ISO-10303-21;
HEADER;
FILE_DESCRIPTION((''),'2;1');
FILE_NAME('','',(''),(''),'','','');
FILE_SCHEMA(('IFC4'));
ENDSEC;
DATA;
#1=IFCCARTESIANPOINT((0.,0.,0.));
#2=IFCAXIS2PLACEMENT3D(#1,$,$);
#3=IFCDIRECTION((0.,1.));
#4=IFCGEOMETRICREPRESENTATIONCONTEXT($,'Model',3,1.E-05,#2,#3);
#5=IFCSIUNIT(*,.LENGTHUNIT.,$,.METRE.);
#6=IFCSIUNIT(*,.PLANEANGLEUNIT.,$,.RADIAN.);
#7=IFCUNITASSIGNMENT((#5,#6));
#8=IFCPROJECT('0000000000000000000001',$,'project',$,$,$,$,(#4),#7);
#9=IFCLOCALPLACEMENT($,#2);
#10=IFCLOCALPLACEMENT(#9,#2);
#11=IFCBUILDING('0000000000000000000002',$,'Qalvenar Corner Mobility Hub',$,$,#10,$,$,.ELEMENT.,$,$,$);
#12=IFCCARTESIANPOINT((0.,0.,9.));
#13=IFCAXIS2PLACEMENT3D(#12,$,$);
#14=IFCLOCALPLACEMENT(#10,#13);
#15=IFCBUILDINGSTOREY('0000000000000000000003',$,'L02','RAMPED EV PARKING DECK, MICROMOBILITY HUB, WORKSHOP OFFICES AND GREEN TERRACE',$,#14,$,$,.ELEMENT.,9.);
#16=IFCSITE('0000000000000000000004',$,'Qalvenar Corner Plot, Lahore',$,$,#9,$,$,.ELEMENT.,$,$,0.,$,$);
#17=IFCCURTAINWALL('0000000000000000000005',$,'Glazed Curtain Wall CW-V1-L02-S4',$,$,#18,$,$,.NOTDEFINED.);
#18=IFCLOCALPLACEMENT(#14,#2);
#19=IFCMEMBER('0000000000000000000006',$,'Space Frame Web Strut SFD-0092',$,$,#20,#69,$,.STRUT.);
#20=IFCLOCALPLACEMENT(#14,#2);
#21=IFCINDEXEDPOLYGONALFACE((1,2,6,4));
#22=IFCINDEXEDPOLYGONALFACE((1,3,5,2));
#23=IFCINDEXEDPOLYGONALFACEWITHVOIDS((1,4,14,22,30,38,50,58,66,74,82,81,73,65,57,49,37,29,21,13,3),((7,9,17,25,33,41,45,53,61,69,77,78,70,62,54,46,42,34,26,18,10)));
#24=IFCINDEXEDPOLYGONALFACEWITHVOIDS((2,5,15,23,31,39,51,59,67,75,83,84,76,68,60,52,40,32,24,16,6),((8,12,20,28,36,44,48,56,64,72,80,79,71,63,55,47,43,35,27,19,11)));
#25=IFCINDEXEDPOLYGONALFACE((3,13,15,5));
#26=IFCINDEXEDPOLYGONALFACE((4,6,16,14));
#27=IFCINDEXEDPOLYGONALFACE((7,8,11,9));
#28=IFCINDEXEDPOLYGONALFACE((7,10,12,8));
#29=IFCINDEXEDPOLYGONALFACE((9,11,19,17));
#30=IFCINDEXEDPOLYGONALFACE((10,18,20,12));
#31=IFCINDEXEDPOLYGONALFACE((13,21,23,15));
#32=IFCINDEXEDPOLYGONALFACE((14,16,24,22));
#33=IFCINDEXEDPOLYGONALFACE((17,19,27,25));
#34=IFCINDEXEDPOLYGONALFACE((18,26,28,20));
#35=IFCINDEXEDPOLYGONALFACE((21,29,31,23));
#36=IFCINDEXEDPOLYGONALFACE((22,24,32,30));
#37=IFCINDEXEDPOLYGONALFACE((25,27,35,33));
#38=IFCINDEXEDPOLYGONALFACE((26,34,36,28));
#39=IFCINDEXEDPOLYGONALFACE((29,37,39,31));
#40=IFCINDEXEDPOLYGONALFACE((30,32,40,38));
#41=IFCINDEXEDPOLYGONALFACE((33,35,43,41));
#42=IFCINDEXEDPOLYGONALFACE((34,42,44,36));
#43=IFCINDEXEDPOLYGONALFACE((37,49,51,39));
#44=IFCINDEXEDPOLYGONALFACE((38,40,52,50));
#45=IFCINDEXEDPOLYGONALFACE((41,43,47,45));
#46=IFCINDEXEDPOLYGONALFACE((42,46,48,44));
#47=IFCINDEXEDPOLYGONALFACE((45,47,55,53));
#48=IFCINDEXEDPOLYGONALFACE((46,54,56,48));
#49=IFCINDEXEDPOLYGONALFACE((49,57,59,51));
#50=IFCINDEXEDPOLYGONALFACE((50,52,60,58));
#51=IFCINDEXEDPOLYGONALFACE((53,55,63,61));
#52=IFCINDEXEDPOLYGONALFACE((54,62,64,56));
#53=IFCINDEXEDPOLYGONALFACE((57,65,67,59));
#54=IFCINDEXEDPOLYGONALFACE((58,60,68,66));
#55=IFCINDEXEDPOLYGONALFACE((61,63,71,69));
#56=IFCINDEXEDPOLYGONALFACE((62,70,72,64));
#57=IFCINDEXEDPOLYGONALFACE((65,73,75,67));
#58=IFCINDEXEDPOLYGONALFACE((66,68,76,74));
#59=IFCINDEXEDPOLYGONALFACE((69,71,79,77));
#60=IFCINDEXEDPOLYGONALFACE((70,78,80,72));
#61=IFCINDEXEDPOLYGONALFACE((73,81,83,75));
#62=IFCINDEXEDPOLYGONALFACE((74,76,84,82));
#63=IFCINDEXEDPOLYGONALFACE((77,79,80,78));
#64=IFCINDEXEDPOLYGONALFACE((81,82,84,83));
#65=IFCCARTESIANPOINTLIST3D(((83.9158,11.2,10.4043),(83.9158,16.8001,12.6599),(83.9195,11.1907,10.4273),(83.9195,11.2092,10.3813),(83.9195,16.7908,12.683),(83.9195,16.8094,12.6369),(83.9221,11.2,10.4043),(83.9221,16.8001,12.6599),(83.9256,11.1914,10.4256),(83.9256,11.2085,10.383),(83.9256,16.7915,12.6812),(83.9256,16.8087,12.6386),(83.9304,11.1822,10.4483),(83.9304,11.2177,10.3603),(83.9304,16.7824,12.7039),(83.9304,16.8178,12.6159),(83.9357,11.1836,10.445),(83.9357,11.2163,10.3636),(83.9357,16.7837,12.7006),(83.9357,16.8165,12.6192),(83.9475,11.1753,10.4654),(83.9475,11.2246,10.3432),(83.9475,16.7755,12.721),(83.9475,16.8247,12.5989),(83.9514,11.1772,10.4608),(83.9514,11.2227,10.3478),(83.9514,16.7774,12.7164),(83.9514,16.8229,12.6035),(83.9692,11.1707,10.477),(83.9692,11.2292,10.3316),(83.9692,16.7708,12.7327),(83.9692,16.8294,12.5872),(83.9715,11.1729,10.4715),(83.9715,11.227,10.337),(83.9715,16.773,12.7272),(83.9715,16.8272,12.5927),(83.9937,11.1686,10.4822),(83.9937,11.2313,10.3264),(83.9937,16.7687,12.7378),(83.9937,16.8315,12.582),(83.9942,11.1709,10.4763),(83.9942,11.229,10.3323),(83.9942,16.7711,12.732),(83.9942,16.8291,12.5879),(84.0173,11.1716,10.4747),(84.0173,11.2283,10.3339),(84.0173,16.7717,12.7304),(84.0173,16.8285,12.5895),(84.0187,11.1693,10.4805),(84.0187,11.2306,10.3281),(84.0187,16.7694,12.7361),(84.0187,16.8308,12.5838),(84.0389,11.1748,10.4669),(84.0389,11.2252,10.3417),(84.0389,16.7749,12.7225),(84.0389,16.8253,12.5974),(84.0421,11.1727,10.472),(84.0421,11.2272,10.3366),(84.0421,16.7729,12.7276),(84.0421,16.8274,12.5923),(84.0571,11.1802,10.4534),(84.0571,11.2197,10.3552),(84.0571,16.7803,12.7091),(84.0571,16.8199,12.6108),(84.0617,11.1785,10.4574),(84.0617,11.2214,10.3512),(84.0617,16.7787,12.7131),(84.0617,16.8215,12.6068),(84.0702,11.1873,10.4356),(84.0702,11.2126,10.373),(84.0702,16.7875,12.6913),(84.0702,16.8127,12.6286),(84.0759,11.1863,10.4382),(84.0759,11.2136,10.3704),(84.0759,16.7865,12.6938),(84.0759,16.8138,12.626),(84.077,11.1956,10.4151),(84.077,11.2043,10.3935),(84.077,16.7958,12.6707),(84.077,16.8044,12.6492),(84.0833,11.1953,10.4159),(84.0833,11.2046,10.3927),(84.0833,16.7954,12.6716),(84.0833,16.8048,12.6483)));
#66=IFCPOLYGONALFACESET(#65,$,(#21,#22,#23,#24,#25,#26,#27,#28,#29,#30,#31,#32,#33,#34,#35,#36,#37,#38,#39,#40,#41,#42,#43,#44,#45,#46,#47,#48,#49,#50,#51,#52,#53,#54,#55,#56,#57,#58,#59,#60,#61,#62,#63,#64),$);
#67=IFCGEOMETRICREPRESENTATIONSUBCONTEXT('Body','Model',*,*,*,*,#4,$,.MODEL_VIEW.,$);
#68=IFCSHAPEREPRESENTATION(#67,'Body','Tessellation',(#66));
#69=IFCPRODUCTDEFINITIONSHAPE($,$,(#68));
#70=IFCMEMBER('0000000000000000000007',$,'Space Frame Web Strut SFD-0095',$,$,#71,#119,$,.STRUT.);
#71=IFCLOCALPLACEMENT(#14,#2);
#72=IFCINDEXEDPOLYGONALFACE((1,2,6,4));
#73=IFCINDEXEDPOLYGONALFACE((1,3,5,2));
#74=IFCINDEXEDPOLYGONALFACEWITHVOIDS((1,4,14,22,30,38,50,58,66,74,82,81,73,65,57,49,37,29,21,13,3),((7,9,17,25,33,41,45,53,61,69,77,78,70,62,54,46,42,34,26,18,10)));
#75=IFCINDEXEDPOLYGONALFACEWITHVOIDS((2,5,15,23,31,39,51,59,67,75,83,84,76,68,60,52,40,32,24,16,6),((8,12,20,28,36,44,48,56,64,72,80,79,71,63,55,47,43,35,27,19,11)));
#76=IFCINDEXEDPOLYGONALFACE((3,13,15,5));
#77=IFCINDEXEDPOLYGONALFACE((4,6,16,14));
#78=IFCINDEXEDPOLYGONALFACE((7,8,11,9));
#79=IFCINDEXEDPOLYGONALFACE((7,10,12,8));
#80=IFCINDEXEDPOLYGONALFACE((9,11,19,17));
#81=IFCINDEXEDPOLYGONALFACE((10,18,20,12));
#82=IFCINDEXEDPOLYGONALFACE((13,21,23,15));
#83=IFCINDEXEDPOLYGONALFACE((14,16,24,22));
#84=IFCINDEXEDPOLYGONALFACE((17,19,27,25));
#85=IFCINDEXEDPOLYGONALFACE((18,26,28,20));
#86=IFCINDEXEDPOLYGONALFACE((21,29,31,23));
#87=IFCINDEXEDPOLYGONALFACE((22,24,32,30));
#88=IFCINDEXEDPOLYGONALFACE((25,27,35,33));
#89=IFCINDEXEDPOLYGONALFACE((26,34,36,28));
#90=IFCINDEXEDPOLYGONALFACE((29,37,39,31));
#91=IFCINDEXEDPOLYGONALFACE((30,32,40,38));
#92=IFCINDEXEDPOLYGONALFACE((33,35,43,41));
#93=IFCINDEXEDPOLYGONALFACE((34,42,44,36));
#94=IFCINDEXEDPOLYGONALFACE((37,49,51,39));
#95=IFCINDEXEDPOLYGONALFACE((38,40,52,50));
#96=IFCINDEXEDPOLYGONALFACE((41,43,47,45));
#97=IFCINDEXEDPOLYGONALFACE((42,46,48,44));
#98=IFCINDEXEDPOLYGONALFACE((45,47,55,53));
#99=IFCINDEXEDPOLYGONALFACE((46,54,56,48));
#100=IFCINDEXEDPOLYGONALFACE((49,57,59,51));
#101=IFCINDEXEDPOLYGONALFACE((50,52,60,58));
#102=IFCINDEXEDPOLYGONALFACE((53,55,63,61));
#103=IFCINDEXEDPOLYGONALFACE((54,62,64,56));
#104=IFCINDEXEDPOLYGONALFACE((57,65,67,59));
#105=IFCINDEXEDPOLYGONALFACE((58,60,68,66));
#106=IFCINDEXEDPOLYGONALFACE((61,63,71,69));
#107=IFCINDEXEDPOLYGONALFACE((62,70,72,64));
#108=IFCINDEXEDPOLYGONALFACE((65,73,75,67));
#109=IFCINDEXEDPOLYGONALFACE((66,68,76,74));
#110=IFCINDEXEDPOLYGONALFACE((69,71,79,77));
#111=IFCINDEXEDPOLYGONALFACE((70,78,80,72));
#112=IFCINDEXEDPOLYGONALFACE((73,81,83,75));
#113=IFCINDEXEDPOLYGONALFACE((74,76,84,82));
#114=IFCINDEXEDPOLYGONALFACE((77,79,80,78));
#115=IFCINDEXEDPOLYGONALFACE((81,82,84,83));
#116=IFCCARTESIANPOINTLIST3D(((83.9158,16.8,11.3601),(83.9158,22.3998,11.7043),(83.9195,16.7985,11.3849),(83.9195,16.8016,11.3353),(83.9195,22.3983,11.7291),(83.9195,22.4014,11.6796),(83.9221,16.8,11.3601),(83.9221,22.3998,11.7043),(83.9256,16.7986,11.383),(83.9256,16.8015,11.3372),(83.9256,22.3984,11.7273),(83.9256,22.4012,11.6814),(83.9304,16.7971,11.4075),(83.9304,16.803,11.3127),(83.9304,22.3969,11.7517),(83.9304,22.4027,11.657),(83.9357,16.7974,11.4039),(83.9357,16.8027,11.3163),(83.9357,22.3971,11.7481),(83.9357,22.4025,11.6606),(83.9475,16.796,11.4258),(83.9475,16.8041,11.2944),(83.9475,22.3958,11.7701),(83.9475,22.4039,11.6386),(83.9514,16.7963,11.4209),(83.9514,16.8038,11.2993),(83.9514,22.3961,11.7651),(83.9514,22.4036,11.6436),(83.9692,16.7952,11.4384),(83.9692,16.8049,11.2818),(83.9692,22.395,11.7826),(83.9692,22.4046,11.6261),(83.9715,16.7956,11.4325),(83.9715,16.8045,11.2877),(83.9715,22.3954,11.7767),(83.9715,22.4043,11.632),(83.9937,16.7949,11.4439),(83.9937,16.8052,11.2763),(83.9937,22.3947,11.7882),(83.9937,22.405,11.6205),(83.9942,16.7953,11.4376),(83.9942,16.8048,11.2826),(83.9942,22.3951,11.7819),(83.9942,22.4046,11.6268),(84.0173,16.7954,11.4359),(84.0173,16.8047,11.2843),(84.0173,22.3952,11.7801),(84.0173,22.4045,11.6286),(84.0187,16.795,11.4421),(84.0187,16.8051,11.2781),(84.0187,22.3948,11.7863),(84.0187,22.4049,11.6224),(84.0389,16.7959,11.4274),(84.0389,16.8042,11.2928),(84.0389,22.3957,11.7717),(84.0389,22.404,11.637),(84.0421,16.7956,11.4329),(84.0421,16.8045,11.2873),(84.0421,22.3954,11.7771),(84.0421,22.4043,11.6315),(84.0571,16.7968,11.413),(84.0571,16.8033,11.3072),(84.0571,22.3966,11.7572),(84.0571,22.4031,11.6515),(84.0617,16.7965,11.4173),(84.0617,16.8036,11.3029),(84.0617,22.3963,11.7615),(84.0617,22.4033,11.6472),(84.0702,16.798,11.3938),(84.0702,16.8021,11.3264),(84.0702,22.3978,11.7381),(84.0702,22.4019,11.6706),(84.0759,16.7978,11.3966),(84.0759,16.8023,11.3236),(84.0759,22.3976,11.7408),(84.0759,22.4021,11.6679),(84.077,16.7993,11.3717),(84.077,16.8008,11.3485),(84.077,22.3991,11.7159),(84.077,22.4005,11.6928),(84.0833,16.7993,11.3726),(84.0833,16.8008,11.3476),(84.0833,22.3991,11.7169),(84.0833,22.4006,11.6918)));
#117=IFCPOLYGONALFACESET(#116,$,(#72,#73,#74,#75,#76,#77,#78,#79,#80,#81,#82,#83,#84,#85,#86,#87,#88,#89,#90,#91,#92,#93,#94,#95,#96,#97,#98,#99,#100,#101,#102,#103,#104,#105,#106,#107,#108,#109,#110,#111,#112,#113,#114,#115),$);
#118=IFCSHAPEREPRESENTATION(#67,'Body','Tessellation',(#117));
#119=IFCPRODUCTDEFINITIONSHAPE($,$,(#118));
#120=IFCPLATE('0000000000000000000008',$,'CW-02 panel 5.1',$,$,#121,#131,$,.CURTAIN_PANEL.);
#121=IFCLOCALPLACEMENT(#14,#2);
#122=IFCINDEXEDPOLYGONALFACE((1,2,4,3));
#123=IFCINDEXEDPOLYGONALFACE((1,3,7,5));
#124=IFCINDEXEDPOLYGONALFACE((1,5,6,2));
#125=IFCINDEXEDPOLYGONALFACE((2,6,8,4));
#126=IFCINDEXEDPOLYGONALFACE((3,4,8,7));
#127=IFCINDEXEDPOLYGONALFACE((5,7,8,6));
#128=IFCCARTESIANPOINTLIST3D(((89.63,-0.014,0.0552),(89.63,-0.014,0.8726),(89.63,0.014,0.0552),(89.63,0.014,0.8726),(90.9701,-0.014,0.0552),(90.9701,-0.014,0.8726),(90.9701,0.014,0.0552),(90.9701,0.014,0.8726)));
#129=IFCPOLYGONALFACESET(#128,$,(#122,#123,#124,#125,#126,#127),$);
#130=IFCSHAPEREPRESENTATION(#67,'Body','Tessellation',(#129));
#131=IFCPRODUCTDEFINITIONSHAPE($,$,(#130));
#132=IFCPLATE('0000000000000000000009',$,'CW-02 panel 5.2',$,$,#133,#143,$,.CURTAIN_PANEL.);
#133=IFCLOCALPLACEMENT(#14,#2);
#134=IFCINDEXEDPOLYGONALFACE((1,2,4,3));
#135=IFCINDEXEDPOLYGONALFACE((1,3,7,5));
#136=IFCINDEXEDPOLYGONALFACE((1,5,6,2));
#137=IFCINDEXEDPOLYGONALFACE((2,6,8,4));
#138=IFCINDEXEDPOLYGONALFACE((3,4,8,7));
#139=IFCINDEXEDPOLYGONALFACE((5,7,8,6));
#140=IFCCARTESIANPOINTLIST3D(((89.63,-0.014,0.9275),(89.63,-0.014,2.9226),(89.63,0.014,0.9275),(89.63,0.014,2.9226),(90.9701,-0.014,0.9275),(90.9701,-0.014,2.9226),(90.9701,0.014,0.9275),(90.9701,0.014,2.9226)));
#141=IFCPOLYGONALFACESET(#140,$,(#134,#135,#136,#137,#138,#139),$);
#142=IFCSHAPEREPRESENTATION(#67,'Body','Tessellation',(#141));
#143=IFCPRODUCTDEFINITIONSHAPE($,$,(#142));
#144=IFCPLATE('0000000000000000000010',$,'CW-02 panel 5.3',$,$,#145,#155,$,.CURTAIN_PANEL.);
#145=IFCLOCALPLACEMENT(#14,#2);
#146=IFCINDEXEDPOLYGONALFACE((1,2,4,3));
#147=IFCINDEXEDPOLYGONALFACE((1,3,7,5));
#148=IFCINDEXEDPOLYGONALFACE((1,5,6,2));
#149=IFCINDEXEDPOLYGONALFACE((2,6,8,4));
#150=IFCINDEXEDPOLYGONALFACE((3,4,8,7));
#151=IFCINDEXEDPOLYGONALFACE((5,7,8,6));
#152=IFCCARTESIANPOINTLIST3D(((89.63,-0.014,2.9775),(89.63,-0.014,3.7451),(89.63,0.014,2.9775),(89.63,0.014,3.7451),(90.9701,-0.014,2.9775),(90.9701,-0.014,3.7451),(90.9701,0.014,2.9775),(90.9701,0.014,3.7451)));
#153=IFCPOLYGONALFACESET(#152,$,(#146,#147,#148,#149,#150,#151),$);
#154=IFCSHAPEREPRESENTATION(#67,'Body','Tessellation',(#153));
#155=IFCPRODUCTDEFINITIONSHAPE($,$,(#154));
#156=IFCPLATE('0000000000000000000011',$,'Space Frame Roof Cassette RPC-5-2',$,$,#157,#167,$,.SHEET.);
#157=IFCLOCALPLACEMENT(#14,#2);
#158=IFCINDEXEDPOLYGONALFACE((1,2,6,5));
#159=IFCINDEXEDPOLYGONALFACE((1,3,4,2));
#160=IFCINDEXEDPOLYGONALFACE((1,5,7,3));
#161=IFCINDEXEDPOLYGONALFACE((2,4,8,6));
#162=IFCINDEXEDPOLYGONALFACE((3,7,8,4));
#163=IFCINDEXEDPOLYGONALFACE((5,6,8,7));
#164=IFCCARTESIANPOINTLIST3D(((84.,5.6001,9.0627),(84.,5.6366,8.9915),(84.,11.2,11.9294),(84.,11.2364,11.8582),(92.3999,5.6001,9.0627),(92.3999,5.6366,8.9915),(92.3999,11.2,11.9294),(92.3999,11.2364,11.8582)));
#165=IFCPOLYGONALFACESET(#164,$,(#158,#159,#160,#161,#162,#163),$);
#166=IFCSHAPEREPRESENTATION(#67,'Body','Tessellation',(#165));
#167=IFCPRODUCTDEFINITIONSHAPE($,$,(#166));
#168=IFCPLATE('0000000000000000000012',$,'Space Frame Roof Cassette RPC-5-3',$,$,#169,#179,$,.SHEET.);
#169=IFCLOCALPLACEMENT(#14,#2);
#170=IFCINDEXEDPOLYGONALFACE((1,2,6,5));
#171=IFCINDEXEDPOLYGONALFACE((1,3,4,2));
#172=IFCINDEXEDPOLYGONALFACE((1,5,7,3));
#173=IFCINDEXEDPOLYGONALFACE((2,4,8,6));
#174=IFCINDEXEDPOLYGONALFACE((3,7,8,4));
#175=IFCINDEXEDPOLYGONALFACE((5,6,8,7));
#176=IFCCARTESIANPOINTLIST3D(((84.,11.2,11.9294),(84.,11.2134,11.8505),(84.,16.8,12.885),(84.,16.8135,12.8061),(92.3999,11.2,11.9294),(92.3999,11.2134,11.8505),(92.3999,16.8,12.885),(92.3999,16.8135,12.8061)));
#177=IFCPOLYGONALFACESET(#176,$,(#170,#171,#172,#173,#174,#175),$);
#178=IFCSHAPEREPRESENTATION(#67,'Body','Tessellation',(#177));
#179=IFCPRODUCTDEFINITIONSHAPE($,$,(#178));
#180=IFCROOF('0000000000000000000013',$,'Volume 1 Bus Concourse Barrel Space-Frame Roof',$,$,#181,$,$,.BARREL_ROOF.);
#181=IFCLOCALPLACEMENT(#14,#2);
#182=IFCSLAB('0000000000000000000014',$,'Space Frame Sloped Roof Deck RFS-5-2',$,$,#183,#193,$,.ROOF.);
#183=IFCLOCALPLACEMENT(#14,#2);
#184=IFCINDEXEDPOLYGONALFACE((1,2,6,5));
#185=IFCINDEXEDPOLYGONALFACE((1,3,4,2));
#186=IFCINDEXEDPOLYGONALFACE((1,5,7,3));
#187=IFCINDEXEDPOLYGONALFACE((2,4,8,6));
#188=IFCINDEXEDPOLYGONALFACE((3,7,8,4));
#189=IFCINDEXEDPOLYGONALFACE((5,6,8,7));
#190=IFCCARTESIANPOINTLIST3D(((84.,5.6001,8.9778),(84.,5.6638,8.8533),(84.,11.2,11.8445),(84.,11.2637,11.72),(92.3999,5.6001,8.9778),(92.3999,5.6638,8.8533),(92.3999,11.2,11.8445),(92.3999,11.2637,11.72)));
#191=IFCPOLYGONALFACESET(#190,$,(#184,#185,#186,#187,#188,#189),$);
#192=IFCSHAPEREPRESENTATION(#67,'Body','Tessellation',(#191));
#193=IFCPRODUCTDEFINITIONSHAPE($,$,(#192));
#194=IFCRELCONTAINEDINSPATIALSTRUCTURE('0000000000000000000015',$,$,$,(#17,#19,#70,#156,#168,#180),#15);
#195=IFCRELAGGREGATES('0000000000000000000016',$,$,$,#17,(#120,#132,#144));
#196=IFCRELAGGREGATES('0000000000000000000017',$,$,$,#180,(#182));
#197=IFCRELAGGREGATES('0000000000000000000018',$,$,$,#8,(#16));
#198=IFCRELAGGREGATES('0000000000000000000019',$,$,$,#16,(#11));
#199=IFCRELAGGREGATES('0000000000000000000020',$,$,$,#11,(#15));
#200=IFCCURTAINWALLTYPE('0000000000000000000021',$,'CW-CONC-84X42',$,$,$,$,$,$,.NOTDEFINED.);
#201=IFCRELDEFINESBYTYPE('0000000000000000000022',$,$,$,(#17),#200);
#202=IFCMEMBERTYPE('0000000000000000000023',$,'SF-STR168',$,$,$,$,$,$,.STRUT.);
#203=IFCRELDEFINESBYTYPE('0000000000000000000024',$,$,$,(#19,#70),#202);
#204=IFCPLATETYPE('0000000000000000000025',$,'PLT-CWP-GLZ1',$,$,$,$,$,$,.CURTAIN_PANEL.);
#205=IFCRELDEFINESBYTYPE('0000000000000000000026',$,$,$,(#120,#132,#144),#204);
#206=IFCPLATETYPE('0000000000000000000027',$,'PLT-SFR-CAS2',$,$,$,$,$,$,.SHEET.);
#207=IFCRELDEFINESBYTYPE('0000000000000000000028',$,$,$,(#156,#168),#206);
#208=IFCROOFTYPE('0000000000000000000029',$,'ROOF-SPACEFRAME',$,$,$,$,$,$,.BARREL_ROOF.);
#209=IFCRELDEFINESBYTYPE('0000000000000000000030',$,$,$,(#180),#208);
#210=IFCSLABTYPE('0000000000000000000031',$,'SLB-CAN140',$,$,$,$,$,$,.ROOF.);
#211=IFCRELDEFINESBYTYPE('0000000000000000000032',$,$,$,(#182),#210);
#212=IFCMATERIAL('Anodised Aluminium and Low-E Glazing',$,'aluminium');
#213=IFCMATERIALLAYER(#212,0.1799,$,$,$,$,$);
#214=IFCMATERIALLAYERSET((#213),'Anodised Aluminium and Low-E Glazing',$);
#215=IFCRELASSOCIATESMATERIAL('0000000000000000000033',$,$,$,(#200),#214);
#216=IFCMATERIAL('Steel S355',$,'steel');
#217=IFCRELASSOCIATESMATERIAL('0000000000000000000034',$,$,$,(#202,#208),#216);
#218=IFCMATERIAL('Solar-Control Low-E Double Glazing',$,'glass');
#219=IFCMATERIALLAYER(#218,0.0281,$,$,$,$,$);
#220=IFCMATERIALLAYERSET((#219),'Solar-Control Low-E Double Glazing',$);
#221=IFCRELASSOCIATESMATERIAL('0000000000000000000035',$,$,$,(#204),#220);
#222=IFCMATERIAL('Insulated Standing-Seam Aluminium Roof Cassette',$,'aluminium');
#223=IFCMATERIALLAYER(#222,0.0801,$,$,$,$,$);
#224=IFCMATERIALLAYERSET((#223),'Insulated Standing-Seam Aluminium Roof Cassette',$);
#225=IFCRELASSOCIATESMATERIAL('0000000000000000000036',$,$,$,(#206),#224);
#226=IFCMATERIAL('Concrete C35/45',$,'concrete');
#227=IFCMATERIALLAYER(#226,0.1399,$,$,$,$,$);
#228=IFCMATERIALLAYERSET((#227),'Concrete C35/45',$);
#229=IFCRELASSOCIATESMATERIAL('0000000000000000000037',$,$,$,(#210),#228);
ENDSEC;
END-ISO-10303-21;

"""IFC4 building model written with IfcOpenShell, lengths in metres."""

from ifc_helpers import new_model, si_unit, direction, frame, origin, origin_2d, place, context, subcontext, project, spatial, polyline, rectangle, hollow_circle, outline, extrude, material, layer, layer_set, material_profile, profile_set, type_object, element, aggregate, save


model = new_model("IFC4")

# Units and contexts
model_context = context("Model", 3, precision=1e-05, world=origin(), true_north=direction((0.0, 1.0)))
body_context = subcontext(model_context, "Body", "Model", "MODEL_VIEW")
ifc_project = project(units=[si_unit("LENGTHUNIT", "METRE"), si_unit("PLANEANGLEUNIT", "RADIAN")], contexts=[model_context])

# Site, building, storey
site_placement = place(None, origin())
site = spatial("IfcSite", under=ifc_project, at=site_placement, Name="Qalvenar Corner Plot, Lahore", CompositionType="ELEMENT", RefElevation=0.0)
building_placement = place(site_placement, origin())
building = spatial("IfcBuilding", under=site, at=building_placement, Name="Qalvenar Corner Mobility Hub", CompositionType="ELEMENT")
storey_placement = place(building_placement, frame((0.0, 0.0, 9.0)))
storey = spatial("IfcBuildingStorey", under=building, at=storey_placement, Name="L02", Description="RAMPED EV PARKING DECK, MICROMOBILITY HUB, WORKSHOP OFFICES AND GREEN TERRACE", CompositionType="ELEMENT", Elevation=9.0)

# Curtain wall
ifc_material_1 = material(Name="Anodised Aluminium and Low-E Glazing", Category="aluminium")
ifc_layer_1 = layer(ifc_material_1, 0.1799)
ifc_layer_set_1 = layer_set([ifc_layer_1], Name="Anodised Aluminium and Low-E Glazing")
curtain_wall_type = type_object("IfcCurtainWallType", Name="CW-CONC-84X42", PredefinedType="NOTDEFINED", material=ifc_layer_set_1)
curtain_wall_placement = place(storey_placement, origin())
curtain_wall = element("IfcCurtainWall", 1, at=curtain_wall_placement, inside=storey, type_object=curtain_wall_type, Name="Glazed Curtain Wall CW-V1-L02-S4", PredefinedType="NOTDEFINED")

# Members
ifc_material_2 = material(Name="Steel S355", Category="steel")
ifc_material_profile_1 = material_profile(ifc_material_2, hollow_circle(Radius=0.0842, WallThickness=0.0063, at=origin_2d()), Name="CHS168.3x6.3")
ifc_profile_set_1 = profile_set([ifc_material_profile_1], Name="Steel S355")
member_type_1 = type_object("IfcMemberType", Name="SF-STR168", PredefinedType="STRUT", material=ifc_profile_set_1)
member_1_placement = place(storey_placement, frame((84.0, 11.2, 10.4043), z_axis=(0.0, 0.927584, 0.373614), x_axis=(-1.0, 0.0, 0.0)))
element("IfcMember", 2, at=member_1_placement, inside=storey, type_object=member_type_1, Name="Space Frame Web Strut SFD-0092", PredefinedType="STRUT", context=body_context, shape_type="SweptSolid", body=[
    extrude(hollow_circle(Radius=0.0842, WallThickness=0.0063, at=origin_2d()), origin(), (0.0, 0.0, 1.0), 6.0374),
])
member_2_placement = place(storey_placement, frame((84.0, 16.8, 11.3601), z_axis=(0.0, 0.998116, 0.061357), x_axis=(-1.0, 0.0, 0.0)))
element("IfcMember", 3, at=member_2_placement, inside=storey, type_object=member_type_1, Name="Space Frame Web Strut SFD-0095", PredefinedType="STRUT", context=body_context, shape_type="SweptSolid", body=[
    extrude(hollow_circle(Radius=0.0842, WallThickness=0.0063, at=origin_2d()), origin(), (0.0, 0.0, 1.0), 5.6104),
])

# Plates
ifc_material_3 = material(Name="Solar-Control Low-E Double Glazing", Category="glass")
ifc_layer_2 = layer(ifc_material_3, 0.0281)
ifc_layer_set_2 = layer_set([ifc_layer_2], Name="Solar-Control Low-E Double Glazing")
plate_type_1 = type_object("IfcPlateType", Name="PLT-CWP-GLZ1", PredefinedType="CURTAIN_PANEL", material=ifc_layer_set_2)
plate_1_placement = place(storey_placement, frame((90.3, 0.0, 0.0552), z_axis=(0.0, 0.0, 1.0), x_axis=(1.0, 0.0, 0.0)))
plate_1 = element("IfcPlate", 4, at=plate_1_placement, type_object=plate_type_1, Name="CW-02 panel 5.1", PredefinedType="CURTAIN_PANEL", context=body_context, shape_type="SweptSolid", body=[
    extrude(rectangle(XDim=1.3401, YDim=0.0281, at=origin_2d()), origin(), (0.0, 0.0, 1.0), 0.8174),
])
plate_2_placement = place(storey_placement, frame((90.3, 0.0, 0.9275), z_axis=(0.0, 0.0, 1.0), x_axis=(1.0, 0.0, 0.0)))
plate_2 = element("IfcPlate", 5, at=plate_2_placement, type_object=plate_type_1, Name="CW-02 panel 5.2", PredefinedType="CURTAIN_PANEL", context=body_context, shape_type="SweptSolid", body=[
    extrude(rectangle(XDim=1.3401, YDim=0.0281, at=origin_2d()), origin(), (0.0, 0.0, 1.0), 1.9951),
])
plate_3_placement = place(storey_placement, frame((90.3, 0.0, 2.9775), z_axis=(0.0, 0.0, 1.0), x_axis=(1.0, 0.0, 0.0)))
plate_3 = element("IfcPlate", 6, at=plate_3_placement, type_object=plate_type_1, Name="CW-02 panel 5.3", PredefinedType="CURTAIN_PANEL", context=body_context, shape_type="SweptSolid", body=[
    extrude(rectangle(XDim=1.3401, YDim=0.0281, at=origin_2d()), origin(), (0.0, 0.0, 1.0), 0.7676),
])
aggregate(curtain_wall, [plate_1, plate_2, plate_3])

# Plates
ifc_material_4 = material(Name="Insulated Standing-Seam Aluminium Roof Cassette", Category="aluminium")
ifc_layer_3 = layer(ifc_material_4, 0.0801)
ifc_layer_set_3 = layer_set([ifc_layer_3], Name="Insulated Standing-Seam Aluminium Roof Cassette")
plate_type_2 = type_object("IfcPlateType", Name="PLT-SFR-CAS2", PredefinedType="SHEET", material=ifc_layer_set_3)
plate_4_placement = place(storey_placement, frame((84.0, 5.6001, 9.0627), z_axis=(0.0, -0.455685, 0.890141), x_axis=(1.0, 0.0, 0.0)))
element("IfcPlate", 7, at=plate_4_placement, inside=storey, type_object=plate_type_2, Name="Space Frame Roof Cassette RPC-5-2", PredefinedType="SHEET", context=body_context, shape_type="SweptSolid", body=[
    extrude(outline(polyline([(0.0, 0.0), (8.3999, 0.0), (8.3999, 6.291), (0.0, 6.291), (0.0, 0.0)])), origin(), (0.0, 0.0, -1.0), 0.0801),
])
plate_5_placement = place(storey_placement, frame((84.0, 11.2, 11.9294), z_axis=(0.0, -0.168203, 0.985752), x_axis=(1.0, 0.0, 0.0)))
element("IfcPlate", 8, at=plate_5_placement, inside=storey, type_object=plate_type_2, Name="Space Frame Roof Cassette RPC-5-3", PredefinedType="SHEET", context=body_context, shape_type="SweptSolid", body=[
    extrude(outline(polyline([(0.0, 0.0), (8.3999, 0.0), (8.3999, 5.681), (0.0, 5.681), (0.0, 0.0)])), origin(), (0.0, 0.0, -1.0), 0.0801),
])

# Roof, slab
roof_type = type_object("IfcRoofType", Name="ROOF-SPACEFRAME", PredefinedType="BARREL_ROOF", material=ifc_material_2)
roof_placement = place(storey_placement, origin())
roof = element("IfcRoof", 9, at=roof_placement, inside=storey, type_object=roof_type, Name="Volume 1 Bus Concourse Barrel Space-Frame Roof", PredefinedType="BARREL_ROOF")
ifc_material_5 = material(Name="Concrete C35/45", Category="concrete")
ifc_layer_4 = layer(ifc_material_5, 0.1399)
ifc_layer_set_4 = layer_set([ifc_layer_4], Name="Concrete C35/45")
slab_type = type_object("IfcSlabType", Name="SLB-CAN140", PredefinedType="ROOF", material=ifc_layer_set_4)
slab_1_placement = place(storey_placement, frame((84.0, 5.6001, 8.9778), z_axis=(0.0, -0.455685, 0.890141), x_axis=(1.0, 0.0, 0.0)))
slab_1 = element("IfcSlab", 10, at=slab_1_placement, type_object=slab_type, Name="Space Frame Sloped Roof Deck RFS-5-2", PredefinedType="ROOF", context=body_context, shape_type="SweptSolid", body=[
    extrude(outline(polyline([(0.0, 0.0), (8.3999, 0.0), (8.3999, 6.291), (0.0, 6.291), (0.0, 0.0)])), origin(), (0.0, 0.0, -1.0), 0.1399),
])
aggregate(roof, [slab_1])

save(model, "model.ifc")
